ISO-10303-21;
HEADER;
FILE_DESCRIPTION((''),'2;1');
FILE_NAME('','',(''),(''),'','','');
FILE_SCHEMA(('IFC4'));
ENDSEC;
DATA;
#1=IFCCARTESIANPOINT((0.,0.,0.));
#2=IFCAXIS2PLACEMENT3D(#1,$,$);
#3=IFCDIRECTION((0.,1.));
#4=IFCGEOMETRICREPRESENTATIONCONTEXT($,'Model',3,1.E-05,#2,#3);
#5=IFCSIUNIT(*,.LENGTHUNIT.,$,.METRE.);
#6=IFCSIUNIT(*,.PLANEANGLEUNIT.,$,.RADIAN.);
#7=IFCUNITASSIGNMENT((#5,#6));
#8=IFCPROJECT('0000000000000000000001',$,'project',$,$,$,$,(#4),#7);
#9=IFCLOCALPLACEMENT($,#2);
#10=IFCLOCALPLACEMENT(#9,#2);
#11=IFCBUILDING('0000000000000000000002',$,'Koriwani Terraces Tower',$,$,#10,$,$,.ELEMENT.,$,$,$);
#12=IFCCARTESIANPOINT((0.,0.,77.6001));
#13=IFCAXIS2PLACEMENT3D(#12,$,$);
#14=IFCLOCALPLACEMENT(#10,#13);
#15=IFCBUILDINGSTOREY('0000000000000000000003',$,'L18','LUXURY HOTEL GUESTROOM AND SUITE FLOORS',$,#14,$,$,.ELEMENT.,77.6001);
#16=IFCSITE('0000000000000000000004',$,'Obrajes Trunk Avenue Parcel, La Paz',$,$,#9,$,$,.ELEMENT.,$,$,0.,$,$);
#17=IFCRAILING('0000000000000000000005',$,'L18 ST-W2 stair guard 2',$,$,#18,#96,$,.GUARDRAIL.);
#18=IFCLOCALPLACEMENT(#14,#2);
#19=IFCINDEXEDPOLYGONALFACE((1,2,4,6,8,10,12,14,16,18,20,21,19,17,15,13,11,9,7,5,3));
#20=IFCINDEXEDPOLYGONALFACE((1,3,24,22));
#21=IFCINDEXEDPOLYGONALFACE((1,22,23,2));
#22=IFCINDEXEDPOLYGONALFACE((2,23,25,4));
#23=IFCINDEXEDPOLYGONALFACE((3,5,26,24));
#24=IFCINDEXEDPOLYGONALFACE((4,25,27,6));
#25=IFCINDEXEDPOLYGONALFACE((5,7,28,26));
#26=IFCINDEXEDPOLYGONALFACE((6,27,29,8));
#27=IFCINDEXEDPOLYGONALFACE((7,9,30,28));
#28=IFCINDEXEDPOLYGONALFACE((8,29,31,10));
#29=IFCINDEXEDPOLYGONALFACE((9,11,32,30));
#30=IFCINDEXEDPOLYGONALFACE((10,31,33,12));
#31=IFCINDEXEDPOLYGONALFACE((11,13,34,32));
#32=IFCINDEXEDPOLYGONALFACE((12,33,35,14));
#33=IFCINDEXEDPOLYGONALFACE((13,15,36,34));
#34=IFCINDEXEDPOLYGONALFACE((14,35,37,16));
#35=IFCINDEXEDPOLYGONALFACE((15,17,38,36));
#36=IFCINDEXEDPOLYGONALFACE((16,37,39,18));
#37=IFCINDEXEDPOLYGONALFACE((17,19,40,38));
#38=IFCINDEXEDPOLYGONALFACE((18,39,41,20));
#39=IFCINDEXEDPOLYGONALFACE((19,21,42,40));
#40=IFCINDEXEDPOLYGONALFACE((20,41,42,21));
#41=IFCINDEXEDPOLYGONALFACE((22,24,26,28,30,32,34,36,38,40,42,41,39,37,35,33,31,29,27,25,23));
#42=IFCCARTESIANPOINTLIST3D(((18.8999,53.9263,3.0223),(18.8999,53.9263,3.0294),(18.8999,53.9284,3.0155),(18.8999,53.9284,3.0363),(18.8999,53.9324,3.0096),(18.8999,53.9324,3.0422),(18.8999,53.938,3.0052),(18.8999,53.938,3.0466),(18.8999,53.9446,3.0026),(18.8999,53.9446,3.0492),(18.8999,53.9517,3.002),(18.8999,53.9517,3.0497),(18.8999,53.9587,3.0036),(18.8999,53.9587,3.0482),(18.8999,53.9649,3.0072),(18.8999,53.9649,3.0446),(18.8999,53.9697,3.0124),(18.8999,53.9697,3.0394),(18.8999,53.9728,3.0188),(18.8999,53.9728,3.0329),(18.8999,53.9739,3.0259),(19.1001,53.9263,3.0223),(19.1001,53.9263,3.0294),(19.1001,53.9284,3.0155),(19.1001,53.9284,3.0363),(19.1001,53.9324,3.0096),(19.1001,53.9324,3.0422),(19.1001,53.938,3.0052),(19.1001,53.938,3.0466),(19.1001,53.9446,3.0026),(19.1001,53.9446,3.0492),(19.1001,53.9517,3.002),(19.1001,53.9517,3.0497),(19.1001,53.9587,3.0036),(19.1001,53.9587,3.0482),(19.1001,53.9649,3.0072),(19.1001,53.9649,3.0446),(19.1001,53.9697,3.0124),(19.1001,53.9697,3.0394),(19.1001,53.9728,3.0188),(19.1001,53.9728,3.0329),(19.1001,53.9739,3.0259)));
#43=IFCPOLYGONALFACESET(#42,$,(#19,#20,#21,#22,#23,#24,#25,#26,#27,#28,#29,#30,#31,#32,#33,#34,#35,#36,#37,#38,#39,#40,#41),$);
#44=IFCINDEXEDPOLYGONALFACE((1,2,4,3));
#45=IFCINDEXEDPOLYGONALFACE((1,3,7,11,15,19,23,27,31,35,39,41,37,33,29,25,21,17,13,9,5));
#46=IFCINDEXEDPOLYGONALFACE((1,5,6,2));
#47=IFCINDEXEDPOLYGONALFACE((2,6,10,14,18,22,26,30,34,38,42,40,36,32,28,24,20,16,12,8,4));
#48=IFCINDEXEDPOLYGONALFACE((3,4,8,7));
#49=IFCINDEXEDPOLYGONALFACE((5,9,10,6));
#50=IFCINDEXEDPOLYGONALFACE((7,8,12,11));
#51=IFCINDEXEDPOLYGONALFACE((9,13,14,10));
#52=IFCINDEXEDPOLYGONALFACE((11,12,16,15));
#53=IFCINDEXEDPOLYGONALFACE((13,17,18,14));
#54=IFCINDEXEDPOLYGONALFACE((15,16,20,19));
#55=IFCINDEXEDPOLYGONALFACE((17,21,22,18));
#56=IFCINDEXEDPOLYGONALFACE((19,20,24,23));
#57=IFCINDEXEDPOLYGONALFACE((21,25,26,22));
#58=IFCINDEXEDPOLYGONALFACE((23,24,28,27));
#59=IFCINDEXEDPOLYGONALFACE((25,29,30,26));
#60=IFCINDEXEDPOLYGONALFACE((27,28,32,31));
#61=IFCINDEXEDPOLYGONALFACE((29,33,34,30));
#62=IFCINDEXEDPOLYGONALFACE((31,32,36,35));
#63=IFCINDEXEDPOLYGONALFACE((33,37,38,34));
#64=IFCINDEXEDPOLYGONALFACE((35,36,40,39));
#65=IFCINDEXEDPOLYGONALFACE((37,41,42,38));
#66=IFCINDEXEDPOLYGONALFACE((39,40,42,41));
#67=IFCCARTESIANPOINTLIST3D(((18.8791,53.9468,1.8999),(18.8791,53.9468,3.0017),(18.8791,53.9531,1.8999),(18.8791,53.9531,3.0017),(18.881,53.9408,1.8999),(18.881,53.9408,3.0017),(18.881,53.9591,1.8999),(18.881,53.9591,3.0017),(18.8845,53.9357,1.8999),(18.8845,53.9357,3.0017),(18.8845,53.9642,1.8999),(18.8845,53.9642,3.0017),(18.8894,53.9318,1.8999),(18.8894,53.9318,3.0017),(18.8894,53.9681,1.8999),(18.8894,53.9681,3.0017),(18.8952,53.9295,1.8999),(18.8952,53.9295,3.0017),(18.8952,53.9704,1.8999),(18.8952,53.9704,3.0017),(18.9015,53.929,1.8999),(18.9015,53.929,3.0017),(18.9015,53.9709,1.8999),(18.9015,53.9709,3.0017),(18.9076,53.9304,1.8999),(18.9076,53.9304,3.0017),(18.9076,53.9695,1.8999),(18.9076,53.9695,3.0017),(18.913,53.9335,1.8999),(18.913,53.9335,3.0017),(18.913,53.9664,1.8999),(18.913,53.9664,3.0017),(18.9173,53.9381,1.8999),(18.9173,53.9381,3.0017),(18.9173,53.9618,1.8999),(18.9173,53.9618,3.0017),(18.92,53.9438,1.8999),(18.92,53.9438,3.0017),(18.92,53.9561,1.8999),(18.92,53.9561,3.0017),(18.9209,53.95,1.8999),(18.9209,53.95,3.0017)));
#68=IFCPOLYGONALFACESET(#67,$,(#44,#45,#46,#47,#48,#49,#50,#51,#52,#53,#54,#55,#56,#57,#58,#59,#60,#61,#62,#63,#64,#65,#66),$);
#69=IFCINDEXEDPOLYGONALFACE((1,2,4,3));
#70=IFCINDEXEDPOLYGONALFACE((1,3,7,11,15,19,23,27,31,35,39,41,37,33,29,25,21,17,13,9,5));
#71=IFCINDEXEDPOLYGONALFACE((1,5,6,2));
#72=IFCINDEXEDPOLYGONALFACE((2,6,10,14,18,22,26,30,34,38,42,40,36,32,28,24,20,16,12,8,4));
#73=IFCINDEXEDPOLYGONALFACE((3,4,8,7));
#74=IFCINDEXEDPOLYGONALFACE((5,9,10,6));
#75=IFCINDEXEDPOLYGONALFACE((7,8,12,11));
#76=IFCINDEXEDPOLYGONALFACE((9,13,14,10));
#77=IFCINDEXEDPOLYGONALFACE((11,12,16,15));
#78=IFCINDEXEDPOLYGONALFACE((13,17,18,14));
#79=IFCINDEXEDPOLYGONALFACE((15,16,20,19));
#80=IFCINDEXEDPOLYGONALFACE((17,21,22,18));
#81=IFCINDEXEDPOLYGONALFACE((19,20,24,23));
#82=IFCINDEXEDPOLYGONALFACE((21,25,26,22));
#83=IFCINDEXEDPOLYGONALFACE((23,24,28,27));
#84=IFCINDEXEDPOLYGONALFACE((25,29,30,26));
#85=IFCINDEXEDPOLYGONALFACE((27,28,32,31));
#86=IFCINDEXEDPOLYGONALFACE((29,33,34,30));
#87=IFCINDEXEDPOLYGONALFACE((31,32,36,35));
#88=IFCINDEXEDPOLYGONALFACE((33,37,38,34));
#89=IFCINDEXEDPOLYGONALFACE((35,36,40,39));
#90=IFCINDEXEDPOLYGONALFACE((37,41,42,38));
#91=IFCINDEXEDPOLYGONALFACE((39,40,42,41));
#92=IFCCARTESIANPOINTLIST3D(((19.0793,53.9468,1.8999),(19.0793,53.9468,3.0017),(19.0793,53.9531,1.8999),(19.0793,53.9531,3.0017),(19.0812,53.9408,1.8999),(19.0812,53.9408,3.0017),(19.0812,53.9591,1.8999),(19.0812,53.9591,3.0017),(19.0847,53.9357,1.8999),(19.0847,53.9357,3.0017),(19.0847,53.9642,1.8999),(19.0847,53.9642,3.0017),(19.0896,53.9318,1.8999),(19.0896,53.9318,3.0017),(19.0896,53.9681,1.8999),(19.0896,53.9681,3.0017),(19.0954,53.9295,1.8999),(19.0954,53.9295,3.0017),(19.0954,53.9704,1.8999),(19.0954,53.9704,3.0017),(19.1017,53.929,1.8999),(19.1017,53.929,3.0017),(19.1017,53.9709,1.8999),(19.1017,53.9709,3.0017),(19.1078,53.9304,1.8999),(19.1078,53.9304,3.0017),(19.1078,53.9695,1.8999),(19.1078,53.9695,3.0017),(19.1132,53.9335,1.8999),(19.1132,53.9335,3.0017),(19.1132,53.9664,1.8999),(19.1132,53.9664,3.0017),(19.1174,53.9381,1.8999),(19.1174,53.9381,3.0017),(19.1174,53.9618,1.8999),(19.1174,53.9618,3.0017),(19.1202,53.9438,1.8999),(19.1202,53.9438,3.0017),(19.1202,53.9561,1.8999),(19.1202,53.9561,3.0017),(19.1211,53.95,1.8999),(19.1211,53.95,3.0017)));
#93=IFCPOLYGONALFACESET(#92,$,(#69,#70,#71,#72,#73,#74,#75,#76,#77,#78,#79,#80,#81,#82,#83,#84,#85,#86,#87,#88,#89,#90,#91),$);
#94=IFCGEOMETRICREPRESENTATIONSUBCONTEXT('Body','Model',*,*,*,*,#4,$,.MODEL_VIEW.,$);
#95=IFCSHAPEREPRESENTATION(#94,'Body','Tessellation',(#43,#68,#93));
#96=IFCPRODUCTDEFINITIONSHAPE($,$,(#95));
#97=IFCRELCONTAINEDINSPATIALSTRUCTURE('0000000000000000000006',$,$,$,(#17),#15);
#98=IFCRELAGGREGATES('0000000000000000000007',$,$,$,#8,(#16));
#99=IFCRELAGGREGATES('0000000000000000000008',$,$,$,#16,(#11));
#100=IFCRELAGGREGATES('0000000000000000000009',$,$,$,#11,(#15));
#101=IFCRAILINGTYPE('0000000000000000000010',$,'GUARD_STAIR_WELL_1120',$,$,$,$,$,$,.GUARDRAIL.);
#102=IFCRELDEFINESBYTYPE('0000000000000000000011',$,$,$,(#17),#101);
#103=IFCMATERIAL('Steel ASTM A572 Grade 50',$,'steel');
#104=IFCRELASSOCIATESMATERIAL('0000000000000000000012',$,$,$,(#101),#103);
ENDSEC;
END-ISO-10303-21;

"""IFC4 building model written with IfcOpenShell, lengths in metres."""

from ifc_helpers import new_model, si_unit, direction, frame, origin, origin_2d, place, context, subcontext, project, spatial, circle, extrude, material, type_object, element, save


model = new_model("IFC4")

# Units and contexts
model_context = context("Model", 3, precision=1e-05, world=origin(), true_north=direction((0.0, 1.0)))
body_context = subcontext(model_context, "Body", "Model", "MODEL_VIEW")
ifc_project = project(units=[si_unit("LENGTHUNIT", "METRE"), si_unit("PLANEANGLEUNIT", "RADIAN")], contexts=[model_context])

# Site, building, storey
site_placement = place(None, origin())
site = spatial("IfcSite", under=ifc_project, at=site_placement, Name="Obrajes Trunk Avenue Parcel, La Paz", CompositionType="ELEMENT", RefElevation=0.0)
building_placement = place(site_placement, origin())
building = spatial("IfcBuilding", under=site, at=building_placement, Name="Koriwani Terraces Tower", CompositionType="ELEMENT")
storey_placement = place(building_placement, frame((0.0, 0.0, 77.6001)))
storey = spatial("IfcBuildingStorey", under=building, at=storey_placement, Name="L18", Description="LUXURY HOTEL GUESTROOM AND SUITE FLOORS", CompositionType="ELEMENT", Elevation=77.6001)

# Shared definitions
ifc_material_1 = material(Name="Steel ASTM A572 Grade 50", Category="steel")

# Railing
railing_type = type_object("IfcRailingType", Name="GUARD_STAIR_WELL_1120", PredefinedType="GUARDRAIL", material=ifc_material_1)
railing_1_placement = place(storey_placement, frame((18.8999, 53.95, 1.8999)))
element("IfcRailing", 1, at=railing_1_placement, inside=storey, type_object=railing_type, Name="L18 ST-W2 stair guard 2", PredefinedType="GUARDRAIL", context=body_context, shape_type="SweptSolid", body=[
    extrude(circle(Radius=0.0239, at=origin_2d()), frame((0.0, 0.0, 1.126), z_axis=(1.0, 0.0, 0.0), x_axis=(0.0, 1.0, 0.0)), (0.0, 0.0, 1.0), 0.2002),
    extrude(circle(Radius=0.021, at=origin_2d()), origin(), (0.0, 0.0, 1.0), 1.1018),
    extrude(circle(Radius=0.021, at=origin_2d()), frame((0.2002, 0.0, 0.0)), (0.0, 0.0, 1.0), 1.1018),
])

save(model, "model.ifc")
